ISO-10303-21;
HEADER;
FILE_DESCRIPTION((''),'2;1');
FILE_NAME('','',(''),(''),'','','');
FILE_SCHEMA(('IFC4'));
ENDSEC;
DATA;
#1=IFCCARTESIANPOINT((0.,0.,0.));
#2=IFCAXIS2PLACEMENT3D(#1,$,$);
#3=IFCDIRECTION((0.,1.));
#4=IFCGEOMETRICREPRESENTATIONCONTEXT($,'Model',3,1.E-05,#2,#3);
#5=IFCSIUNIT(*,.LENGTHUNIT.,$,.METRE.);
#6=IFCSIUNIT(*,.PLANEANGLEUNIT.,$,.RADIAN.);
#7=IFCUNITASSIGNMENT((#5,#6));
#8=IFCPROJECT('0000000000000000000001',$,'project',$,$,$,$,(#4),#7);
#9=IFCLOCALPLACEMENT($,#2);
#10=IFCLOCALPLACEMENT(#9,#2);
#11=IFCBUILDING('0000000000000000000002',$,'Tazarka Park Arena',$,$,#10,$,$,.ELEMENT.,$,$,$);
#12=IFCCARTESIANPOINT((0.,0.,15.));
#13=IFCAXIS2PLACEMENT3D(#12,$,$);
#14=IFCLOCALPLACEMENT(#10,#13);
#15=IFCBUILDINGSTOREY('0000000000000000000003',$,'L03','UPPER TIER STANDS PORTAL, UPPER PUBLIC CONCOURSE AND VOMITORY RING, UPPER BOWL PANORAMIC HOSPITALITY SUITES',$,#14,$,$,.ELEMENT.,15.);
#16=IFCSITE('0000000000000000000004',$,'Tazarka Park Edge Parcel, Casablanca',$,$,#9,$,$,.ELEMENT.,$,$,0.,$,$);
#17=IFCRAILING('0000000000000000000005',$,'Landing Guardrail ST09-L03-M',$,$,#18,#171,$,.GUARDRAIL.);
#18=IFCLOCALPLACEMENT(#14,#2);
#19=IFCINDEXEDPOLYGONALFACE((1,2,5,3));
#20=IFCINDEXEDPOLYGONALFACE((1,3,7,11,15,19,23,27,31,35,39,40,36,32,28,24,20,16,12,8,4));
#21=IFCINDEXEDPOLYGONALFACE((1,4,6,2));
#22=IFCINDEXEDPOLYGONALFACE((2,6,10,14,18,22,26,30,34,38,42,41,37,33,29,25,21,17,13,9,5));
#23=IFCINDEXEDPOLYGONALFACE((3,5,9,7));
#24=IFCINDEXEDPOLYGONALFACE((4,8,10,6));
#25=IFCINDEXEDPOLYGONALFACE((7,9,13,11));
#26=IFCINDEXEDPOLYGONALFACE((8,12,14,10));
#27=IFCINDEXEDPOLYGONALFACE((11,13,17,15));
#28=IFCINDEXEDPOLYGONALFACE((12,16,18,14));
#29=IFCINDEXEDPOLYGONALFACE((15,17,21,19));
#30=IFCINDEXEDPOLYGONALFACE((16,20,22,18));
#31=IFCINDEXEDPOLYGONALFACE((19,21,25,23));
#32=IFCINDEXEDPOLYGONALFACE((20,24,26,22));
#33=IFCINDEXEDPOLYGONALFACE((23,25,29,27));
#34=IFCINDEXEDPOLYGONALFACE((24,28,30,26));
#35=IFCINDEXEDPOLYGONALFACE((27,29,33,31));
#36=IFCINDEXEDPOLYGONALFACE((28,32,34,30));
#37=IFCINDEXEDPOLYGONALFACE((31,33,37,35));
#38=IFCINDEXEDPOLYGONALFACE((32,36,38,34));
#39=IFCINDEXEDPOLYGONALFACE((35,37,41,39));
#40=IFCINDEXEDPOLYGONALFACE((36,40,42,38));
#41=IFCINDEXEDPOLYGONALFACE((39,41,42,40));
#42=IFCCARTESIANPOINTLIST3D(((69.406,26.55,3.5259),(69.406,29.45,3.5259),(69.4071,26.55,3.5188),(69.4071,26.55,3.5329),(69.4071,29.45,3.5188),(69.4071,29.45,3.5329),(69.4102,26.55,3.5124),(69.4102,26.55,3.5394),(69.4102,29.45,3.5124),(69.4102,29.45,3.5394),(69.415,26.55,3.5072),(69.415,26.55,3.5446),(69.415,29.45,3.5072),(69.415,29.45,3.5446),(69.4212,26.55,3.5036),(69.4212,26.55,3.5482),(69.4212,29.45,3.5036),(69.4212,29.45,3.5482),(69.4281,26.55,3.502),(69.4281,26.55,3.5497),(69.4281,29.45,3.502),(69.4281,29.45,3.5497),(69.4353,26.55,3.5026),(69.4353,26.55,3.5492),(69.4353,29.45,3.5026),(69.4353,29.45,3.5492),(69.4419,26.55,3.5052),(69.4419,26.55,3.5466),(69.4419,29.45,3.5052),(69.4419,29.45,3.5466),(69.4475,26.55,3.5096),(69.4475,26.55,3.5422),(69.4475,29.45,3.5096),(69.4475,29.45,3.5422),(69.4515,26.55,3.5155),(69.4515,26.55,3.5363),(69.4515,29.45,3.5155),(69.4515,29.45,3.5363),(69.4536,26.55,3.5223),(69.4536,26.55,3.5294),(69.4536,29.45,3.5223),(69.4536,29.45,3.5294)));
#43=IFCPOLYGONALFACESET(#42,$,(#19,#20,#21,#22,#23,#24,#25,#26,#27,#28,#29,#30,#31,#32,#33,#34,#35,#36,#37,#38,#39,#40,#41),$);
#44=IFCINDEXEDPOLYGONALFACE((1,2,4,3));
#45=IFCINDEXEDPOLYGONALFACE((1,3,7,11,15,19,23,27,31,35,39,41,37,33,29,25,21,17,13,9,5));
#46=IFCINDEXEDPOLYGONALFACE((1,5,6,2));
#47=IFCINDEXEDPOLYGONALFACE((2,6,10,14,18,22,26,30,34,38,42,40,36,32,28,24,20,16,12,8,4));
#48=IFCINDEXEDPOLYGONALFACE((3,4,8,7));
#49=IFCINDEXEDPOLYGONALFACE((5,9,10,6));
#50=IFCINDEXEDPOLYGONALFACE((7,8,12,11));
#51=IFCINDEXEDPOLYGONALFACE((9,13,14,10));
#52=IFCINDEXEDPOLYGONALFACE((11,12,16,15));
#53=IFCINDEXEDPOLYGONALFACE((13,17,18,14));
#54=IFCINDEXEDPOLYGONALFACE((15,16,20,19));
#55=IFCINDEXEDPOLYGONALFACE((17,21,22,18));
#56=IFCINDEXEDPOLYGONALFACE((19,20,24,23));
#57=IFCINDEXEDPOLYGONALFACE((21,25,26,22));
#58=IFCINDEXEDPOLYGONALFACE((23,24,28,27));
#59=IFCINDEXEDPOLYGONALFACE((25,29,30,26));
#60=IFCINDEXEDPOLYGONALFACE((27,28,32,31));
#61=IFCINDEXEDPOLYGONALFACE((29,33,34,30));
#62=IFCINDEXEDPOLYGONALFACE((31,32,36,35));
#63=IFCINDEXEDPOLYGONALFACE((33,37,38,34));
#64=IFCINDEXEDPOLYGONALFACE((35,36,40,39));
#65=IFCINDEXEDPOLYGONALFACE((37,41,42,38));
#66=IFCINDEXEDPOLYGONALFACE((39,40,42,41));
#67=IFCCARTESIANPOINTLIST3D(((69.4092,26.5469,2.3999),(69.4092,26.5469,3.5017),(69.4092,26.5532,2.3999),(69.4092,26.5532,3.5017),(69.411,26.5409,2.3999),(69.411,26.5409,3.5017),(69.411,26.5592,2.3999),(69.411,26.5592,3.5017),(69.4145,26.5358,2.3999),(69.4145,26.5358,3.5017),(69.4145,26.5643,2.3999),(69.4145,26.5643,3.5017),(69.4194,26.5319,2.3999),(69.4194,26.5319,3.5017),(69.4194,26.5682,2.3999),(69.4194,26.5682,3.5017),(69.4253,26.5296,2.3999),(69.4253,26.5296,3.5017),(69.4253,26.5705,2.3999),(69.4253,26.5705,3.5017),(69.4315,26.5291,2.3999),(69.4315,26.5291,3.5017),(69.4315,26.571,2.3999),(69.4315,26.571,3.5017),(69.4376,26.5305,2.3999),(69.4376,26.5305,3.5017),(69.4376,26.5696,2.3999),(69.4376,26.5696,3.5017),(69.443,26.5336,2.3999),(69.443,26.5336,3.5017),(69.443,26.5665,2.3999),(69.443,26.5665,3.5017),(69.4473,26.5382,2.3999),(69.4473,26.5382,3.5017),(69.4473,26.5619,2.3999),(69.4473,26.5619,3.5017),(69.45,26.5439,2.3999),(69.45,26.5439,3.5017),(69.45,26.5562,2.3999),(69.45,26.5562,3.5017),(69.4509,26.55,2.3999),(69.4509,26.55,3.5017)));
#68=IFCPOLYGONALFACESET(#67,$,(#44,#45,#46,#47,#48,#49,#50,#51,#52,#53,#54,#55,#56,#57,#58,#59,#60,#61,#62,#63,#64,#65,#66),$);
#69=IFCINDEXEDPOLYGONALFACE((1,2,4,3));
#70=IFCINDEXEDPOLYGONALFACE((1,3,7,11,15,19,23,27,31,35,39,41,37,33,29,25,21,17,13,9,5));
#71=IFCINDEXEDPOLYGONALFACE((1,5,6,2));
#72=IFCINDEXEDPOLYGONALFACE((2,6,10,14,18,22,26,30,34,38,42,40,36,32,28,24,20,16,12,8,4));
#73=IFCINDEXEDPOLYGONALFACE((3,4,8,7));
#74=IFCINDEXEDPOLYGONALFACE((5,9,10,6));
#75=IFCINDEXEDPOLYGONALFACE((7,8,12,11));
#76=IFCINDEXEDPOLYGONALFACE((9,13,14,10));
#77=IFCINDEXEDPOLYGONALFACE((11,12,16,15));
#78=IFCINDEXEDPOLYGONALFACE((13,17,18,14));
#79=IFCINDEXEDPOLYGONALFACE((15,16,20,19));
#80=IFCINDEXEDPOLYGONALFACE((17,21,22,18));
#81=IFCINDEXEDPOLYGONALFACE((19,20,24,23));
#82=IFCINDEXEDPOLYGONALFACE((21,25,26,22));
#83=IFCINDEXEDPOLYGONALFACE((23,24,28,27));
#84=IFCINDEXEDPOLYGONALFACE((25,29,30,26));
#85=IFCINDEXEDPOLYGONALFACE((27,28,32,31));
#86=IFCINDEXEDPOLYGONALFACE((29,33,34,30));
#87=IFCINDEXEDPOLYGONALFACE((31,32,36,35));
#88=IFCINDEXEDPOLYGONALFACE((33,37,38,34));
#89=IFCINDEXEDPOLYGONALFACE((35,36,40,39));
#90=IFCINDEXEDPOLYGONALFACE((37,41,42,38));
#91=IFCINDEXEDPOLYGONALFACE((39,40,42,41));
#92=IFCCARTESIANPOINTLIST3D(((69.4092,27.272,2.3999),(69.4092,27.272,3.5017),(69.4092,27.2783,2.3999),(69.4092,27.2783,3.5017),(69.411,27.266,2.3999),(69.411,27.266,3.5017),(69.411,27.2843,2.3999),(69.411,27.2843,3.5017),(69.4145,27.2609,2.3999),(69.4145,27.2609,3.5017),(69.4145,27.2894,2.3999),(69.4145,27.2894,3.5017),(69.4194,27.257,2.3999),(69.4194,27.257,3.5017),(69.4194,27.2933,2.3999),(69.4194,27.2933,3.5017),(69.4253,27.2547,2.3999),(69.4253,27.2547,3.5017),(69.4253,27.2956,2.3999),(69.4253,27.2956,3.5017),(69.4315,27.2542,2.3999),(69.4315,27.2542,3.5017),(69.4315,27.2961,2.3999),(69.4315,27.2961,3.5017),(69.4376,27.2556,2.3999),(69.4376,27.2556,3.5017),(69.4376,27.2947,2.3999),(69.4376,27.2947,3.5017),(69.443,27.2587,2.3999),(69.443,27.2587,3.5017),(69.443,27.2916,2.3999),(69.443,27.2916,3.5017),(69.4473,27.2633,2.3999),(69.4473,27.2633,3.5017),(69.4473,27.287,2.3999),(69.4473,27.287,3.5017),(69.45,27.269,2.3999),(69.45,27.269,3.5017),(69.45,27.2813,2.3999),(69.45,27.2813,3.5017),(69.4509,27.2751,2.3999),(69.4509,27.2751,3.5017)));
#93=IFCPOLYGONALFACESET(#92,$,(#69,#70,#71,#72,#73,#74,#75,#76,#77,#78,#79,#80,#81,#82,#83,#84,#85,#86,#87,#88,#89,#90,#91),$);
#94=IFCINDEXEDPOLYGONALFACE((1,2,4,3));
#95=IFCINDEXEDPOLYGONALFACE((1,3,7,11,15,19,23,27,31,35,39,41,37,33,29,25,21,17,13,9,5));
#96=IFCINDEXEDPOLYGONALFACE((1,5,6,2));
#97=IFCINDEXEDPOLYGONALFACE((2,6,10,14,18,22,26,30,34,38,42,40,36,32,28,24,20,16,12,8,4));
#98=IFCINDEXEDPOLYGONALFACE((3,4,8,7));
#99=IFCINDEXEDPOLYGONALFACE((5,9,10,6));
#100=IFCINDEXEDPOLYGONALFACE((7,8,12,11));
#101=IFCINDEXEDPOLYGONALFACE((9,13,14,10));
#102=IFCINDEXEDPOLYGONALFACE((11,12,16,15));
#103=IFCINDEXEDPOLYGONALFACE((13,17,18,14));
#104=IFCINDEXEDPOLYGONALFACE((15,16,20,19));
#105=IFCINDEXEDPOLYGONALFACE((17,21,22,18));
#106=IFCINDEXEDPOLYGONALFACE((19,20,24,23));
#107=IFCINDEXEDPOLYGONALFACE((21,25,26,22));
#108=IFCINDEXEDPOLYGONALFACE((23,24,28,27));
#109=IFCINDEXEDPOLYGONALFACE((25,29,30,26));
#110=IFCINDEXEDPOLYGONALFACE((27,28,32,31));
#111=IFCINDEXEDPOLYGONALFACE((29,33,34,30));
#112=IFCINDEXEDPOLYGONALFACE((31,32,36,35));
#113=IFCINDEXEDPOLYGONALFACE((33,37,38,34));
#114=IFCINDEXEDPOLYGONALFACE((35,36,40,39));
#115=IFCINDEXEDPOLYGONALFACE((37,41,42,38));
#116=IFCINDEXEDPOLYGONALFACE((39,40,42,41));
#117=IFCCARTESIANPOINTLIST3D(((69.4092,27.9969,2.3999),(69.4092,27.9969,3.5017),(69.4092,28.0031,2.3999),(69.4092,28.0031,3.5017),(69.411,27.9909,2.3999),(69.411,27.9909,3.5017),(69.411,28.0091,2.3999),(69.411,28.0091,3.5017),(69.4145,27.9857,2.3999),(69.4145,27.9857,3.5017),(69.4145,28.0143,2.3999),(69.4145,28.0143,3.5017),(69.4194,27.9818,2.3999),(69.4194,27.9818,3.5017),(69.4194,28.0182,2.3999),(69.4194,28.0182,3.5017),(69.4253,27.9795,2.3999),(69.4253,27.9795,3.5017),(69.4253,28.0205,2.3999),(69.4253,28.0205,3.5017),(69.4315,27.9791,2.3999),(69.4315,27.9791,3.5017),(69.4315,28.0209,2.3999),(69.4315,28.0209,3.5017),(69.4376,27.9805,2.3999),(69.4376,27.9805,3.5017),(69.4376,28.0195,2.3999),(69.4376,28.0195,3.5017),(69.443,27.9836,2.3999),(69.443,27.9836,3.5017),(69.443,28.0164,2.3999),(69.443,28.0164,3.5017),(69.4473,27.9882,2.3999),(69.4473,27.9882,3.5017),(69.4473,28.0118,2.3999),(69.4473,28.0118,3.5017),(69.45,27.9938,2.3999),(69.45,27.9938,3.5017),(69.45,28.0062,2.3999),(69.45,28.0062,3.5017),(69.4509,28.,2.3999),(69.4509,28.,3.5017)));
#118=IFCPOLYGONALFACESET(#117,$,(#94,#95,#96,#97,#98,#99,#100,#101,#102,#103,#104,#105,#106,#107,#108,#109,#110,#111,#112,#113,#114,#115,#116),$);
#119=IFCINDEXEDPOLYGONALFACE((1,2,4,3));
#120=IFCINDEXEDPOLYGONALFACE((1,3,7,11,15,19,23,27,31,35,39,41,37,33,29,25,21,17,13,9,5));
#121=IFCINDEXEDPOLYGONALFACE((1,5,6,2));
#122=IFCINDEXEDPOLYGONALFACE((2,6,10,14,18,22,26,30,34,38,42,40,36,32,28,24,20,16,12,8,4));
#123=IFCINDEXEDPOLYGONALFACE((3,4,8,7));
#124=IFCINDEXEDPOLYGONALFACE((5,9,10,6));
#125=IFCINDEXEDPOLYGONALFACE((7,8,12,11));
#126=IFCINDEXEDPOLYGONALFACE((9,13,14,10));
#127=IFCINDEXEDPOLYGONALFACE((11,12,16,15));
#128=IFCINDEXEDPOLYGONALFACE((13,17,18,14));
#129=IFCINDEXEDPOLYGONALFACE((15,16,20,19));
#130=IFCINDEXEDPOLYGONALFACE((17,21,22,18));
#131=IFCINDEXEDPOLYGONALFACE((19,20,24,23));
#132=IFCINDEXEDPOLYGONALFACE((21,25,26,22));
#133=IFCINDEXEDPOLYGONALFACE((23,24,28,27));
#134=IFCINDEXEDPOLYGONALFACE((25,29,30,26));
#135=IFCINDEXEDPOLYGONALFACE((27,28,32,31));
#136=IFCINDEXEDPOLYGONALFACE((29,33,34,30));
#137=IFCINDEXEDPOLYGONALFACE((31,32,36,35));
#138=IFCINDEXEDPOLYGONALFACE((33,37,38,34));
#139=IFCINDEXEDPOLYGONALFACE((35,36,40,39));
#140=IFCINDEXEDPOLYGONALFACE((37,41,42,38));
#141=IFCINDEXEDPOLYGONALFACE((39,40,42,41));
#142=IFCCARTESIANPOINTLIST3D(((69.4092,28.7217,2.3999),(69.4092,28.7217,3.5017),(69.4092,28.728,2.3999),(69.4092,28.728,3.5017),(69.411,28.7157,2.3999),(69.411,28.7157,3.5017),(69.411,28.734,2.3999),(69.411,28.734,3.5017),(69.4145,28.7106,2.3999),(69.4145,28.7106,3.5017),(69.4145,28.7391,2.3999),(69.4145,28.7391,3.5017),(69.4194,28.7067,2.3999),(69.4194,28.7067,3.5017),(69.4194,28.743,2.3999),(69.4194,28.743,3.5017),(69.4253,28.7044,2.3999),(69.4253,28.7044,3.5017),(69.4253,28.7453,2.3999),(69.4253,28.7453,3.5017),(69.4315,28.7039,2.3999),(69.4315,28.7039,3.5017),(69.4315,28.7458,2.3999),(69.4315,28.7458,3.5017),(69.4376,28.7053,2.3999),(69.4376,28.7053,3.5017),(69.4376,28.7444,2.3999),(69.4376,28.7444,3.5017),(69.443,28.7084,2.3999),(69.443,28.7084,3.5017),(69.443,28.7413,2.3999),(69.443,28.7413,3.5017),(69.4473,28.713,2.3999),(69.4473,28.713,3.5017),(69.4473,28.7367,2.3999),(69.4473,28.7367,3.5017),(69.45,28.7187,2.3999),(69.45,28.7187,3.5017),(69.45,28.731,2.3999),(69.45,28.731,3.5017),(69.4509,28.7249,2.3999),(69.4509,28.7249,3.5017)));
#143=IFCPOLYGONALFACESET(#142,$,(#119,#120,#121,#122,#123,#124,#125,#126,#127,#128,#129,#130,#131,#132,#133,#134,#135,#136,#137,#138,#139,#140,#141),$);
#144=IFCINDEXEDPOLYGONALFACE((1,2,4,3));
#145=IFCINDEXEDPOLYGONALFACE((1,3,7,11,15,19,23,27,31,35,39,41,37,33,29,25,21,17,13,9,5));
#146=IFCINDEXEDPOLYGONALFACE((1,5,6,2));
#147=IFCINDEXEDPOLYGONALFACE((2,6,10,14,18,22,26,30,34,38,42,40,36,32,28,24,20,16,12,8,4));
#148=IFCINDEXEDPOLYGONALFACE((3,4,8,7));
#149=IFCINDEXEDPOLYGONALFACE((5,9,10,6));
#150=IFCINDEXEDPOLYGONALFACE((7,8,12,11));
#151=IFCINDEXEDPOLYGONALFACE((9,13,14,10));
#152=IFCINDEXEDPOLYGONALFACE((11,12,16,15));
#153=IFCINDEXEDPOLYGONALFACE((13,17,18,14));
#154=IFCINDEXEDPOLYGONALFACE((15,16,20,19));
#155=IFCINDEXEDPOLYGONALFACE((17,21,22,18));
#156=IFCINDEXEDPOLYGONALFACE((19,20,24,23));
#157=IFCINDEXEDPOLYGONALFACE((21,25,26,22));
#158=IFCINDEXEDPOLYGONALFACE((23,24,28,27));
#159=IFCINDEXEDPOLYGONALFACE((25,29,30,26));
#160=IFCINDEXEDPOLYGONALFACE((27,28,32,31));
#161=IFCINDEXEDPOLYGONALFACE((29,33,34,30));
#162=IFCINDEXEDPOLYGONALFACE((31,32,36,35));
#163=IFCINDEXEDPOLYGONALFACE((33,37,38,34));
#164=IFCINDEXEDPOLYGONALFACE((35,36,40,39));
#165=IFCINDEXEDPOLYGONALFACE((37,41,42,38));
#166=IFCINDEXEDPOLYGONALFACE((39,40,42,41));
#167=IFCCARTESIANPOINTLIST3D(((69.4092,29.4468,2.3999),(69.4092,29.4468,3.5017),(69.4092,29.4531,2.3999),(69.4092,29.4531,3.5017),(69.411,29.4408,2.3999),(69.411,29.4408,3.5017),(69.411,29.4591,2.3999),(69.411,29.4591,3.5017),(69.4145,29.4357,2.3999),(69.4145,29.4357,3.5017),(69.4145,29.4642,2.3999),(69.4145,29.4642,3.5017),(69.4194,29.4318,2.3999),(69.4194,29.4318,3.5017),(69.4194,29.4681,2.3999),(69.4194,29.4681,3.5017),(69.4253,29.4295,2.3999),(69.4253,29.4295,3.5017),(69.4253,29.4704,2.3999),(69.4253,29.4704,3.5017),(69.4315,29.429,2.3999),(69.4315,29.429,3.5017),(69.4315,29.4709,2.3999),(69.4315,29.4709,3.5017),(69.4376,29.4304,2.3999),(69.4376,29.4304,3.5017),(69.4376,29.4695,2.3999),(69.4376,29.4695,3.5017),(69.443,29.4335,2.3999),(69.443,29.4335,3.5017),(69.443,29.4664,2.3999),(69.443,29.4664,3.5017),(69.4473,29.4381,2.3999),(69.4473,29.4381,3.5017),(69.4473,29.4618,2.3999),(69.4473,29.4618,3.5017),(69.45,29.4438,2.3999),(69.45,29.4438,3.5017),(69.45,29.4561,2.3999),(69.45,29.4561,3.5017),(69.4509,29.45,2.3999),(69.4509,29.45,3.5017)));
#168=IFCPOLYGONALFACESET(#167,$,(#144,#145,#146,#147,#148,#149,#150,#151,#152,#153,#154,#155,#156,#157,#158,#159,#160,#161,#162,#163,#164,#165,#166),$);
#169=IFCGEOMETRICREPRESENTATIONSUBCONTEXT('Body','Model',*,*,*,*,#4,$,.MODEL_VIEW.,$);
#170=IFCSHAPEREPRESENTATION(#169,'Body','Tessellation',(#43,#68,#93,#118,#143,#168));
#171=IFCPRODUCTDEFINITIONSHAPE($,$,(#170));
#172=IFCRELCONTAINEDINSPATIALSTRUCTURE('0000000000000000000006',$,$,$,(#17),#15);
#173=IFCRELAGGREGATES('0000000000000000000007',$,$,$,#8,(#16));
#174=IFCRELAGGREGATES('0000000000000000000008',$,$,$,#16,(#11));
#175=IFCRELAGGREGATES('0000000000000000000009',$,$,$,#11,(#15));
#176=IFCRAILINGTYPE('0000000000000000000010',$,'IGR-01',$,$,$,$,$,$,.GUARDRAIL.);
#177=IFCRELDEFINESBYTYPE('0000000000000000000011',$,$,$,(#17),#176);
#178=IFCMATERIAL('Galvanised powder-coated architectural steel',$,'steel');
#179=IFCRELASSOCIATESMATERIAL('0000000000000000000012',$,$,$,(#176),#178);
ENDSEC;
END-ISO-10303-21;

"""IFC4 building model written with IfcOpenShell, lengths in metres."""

from ifc_helpers import new_model, si_unit, direction, frame, origin, origin_2d, place, context, subcontext, project, spatial, circle, extrude, material, type_object, element, save


model = new_model("IFC4")

# Units and contexts
model_context = context("Model", 3, precision=1e-05, world=origin(), true_north=direction((0.0, 1.0)))
body_context = subcontext(model_context, "Body", "Model", "MODEL_VIEW")
ifc_project = project(units=[si_unit("LENGTHUNIT", "METRE"), si_unit("PLANEANGLEUNIT", "RADIAN")], contexts=[model_context])

# Site, building, storey
site_placement = place(None, origin())
site = spatial("IfcSite", under=ifc_project, at=site_placement, Name="Tazarka Park Edge Parcel, Casablanca", CompositionType="ELEMENT", RefElevation=0.0)
building_placement = place(site_placement, origin())
building = spatial("IfcBuilding", under=site, at=building_placement, Name="Tazarka Park Arena", CompositionType="ELEMENT")
storey_placement = place(building_placement, frame((0.0, 0.0, 15.0)))
storey = spatial("IfcBuildingStorey", under=building, at=storey_placement, Name="L03", Description="UPPER TIER STANDS PORTAL, UPPER PUBLIC CONCOURSE AND VOMITORY RING, UPPER BOWL PANORAMIC HOSPITALITY SUITES", CompositionType="ELEMENT", Elevation=15.0)

# Railing
ifc_material_1 = material(Name="Galvanised powder-coated architectural steel", Category="steel")
railing_type = type_object("IfcRailingType", Name="IGR-01", PredefinedType="GUARDRAIL", material=ifc_material_1)
railing_placement = place(storey_placement, frame((69.4299, 26.55, 2.3999)))
element("IfcRailing", 1, at=railing_placement, inside=storey, type_object=railing_type, Name="Landing Guardrail ST09-L03-M", PredefinedType="GUARDRAIL", context=body_context, shape_type="SweptSolid", body=[
    extrude(circle(Radius=0.0239, at=origin_2d()), frame((0.0, 0.0, 1.126), z_axis=(0.0, 1.0, 0.0), x_axis=(-1.0, 0.0, 0.0)), (0.0, 0.0, 1.0), 2.8999),
    extrude(circle(Radius=0.021, at=origin_2d()), origin(), (0.0, 0.0, 1.0), 1.1018),
    extrude(circle(Radius=0.021, at=origin_2d()), frame((0.0, 0.7251, 0.0)), (0.0, 0.0, 1.0), 1.1018),
    extrude(circle(Radius=0.021, at=origin_2d()), frame((0.0, 1.45, 0.0)), (0.0, 0.0, 1.0), 1.1018),
    extrude(circle(Radius=0.021, at=origin_2d()), frame((0.0, 2.1748, 0.0)), (0.0, 0.0, 1.0), 1.1018),
    extrude(circle(Radius=0.021, at=origin_2d()), frame((0.0, 2.8999, 0.0)), (0.0, 0.0, 1.0), 1.1018),
])

save(model, "model.ifc")
